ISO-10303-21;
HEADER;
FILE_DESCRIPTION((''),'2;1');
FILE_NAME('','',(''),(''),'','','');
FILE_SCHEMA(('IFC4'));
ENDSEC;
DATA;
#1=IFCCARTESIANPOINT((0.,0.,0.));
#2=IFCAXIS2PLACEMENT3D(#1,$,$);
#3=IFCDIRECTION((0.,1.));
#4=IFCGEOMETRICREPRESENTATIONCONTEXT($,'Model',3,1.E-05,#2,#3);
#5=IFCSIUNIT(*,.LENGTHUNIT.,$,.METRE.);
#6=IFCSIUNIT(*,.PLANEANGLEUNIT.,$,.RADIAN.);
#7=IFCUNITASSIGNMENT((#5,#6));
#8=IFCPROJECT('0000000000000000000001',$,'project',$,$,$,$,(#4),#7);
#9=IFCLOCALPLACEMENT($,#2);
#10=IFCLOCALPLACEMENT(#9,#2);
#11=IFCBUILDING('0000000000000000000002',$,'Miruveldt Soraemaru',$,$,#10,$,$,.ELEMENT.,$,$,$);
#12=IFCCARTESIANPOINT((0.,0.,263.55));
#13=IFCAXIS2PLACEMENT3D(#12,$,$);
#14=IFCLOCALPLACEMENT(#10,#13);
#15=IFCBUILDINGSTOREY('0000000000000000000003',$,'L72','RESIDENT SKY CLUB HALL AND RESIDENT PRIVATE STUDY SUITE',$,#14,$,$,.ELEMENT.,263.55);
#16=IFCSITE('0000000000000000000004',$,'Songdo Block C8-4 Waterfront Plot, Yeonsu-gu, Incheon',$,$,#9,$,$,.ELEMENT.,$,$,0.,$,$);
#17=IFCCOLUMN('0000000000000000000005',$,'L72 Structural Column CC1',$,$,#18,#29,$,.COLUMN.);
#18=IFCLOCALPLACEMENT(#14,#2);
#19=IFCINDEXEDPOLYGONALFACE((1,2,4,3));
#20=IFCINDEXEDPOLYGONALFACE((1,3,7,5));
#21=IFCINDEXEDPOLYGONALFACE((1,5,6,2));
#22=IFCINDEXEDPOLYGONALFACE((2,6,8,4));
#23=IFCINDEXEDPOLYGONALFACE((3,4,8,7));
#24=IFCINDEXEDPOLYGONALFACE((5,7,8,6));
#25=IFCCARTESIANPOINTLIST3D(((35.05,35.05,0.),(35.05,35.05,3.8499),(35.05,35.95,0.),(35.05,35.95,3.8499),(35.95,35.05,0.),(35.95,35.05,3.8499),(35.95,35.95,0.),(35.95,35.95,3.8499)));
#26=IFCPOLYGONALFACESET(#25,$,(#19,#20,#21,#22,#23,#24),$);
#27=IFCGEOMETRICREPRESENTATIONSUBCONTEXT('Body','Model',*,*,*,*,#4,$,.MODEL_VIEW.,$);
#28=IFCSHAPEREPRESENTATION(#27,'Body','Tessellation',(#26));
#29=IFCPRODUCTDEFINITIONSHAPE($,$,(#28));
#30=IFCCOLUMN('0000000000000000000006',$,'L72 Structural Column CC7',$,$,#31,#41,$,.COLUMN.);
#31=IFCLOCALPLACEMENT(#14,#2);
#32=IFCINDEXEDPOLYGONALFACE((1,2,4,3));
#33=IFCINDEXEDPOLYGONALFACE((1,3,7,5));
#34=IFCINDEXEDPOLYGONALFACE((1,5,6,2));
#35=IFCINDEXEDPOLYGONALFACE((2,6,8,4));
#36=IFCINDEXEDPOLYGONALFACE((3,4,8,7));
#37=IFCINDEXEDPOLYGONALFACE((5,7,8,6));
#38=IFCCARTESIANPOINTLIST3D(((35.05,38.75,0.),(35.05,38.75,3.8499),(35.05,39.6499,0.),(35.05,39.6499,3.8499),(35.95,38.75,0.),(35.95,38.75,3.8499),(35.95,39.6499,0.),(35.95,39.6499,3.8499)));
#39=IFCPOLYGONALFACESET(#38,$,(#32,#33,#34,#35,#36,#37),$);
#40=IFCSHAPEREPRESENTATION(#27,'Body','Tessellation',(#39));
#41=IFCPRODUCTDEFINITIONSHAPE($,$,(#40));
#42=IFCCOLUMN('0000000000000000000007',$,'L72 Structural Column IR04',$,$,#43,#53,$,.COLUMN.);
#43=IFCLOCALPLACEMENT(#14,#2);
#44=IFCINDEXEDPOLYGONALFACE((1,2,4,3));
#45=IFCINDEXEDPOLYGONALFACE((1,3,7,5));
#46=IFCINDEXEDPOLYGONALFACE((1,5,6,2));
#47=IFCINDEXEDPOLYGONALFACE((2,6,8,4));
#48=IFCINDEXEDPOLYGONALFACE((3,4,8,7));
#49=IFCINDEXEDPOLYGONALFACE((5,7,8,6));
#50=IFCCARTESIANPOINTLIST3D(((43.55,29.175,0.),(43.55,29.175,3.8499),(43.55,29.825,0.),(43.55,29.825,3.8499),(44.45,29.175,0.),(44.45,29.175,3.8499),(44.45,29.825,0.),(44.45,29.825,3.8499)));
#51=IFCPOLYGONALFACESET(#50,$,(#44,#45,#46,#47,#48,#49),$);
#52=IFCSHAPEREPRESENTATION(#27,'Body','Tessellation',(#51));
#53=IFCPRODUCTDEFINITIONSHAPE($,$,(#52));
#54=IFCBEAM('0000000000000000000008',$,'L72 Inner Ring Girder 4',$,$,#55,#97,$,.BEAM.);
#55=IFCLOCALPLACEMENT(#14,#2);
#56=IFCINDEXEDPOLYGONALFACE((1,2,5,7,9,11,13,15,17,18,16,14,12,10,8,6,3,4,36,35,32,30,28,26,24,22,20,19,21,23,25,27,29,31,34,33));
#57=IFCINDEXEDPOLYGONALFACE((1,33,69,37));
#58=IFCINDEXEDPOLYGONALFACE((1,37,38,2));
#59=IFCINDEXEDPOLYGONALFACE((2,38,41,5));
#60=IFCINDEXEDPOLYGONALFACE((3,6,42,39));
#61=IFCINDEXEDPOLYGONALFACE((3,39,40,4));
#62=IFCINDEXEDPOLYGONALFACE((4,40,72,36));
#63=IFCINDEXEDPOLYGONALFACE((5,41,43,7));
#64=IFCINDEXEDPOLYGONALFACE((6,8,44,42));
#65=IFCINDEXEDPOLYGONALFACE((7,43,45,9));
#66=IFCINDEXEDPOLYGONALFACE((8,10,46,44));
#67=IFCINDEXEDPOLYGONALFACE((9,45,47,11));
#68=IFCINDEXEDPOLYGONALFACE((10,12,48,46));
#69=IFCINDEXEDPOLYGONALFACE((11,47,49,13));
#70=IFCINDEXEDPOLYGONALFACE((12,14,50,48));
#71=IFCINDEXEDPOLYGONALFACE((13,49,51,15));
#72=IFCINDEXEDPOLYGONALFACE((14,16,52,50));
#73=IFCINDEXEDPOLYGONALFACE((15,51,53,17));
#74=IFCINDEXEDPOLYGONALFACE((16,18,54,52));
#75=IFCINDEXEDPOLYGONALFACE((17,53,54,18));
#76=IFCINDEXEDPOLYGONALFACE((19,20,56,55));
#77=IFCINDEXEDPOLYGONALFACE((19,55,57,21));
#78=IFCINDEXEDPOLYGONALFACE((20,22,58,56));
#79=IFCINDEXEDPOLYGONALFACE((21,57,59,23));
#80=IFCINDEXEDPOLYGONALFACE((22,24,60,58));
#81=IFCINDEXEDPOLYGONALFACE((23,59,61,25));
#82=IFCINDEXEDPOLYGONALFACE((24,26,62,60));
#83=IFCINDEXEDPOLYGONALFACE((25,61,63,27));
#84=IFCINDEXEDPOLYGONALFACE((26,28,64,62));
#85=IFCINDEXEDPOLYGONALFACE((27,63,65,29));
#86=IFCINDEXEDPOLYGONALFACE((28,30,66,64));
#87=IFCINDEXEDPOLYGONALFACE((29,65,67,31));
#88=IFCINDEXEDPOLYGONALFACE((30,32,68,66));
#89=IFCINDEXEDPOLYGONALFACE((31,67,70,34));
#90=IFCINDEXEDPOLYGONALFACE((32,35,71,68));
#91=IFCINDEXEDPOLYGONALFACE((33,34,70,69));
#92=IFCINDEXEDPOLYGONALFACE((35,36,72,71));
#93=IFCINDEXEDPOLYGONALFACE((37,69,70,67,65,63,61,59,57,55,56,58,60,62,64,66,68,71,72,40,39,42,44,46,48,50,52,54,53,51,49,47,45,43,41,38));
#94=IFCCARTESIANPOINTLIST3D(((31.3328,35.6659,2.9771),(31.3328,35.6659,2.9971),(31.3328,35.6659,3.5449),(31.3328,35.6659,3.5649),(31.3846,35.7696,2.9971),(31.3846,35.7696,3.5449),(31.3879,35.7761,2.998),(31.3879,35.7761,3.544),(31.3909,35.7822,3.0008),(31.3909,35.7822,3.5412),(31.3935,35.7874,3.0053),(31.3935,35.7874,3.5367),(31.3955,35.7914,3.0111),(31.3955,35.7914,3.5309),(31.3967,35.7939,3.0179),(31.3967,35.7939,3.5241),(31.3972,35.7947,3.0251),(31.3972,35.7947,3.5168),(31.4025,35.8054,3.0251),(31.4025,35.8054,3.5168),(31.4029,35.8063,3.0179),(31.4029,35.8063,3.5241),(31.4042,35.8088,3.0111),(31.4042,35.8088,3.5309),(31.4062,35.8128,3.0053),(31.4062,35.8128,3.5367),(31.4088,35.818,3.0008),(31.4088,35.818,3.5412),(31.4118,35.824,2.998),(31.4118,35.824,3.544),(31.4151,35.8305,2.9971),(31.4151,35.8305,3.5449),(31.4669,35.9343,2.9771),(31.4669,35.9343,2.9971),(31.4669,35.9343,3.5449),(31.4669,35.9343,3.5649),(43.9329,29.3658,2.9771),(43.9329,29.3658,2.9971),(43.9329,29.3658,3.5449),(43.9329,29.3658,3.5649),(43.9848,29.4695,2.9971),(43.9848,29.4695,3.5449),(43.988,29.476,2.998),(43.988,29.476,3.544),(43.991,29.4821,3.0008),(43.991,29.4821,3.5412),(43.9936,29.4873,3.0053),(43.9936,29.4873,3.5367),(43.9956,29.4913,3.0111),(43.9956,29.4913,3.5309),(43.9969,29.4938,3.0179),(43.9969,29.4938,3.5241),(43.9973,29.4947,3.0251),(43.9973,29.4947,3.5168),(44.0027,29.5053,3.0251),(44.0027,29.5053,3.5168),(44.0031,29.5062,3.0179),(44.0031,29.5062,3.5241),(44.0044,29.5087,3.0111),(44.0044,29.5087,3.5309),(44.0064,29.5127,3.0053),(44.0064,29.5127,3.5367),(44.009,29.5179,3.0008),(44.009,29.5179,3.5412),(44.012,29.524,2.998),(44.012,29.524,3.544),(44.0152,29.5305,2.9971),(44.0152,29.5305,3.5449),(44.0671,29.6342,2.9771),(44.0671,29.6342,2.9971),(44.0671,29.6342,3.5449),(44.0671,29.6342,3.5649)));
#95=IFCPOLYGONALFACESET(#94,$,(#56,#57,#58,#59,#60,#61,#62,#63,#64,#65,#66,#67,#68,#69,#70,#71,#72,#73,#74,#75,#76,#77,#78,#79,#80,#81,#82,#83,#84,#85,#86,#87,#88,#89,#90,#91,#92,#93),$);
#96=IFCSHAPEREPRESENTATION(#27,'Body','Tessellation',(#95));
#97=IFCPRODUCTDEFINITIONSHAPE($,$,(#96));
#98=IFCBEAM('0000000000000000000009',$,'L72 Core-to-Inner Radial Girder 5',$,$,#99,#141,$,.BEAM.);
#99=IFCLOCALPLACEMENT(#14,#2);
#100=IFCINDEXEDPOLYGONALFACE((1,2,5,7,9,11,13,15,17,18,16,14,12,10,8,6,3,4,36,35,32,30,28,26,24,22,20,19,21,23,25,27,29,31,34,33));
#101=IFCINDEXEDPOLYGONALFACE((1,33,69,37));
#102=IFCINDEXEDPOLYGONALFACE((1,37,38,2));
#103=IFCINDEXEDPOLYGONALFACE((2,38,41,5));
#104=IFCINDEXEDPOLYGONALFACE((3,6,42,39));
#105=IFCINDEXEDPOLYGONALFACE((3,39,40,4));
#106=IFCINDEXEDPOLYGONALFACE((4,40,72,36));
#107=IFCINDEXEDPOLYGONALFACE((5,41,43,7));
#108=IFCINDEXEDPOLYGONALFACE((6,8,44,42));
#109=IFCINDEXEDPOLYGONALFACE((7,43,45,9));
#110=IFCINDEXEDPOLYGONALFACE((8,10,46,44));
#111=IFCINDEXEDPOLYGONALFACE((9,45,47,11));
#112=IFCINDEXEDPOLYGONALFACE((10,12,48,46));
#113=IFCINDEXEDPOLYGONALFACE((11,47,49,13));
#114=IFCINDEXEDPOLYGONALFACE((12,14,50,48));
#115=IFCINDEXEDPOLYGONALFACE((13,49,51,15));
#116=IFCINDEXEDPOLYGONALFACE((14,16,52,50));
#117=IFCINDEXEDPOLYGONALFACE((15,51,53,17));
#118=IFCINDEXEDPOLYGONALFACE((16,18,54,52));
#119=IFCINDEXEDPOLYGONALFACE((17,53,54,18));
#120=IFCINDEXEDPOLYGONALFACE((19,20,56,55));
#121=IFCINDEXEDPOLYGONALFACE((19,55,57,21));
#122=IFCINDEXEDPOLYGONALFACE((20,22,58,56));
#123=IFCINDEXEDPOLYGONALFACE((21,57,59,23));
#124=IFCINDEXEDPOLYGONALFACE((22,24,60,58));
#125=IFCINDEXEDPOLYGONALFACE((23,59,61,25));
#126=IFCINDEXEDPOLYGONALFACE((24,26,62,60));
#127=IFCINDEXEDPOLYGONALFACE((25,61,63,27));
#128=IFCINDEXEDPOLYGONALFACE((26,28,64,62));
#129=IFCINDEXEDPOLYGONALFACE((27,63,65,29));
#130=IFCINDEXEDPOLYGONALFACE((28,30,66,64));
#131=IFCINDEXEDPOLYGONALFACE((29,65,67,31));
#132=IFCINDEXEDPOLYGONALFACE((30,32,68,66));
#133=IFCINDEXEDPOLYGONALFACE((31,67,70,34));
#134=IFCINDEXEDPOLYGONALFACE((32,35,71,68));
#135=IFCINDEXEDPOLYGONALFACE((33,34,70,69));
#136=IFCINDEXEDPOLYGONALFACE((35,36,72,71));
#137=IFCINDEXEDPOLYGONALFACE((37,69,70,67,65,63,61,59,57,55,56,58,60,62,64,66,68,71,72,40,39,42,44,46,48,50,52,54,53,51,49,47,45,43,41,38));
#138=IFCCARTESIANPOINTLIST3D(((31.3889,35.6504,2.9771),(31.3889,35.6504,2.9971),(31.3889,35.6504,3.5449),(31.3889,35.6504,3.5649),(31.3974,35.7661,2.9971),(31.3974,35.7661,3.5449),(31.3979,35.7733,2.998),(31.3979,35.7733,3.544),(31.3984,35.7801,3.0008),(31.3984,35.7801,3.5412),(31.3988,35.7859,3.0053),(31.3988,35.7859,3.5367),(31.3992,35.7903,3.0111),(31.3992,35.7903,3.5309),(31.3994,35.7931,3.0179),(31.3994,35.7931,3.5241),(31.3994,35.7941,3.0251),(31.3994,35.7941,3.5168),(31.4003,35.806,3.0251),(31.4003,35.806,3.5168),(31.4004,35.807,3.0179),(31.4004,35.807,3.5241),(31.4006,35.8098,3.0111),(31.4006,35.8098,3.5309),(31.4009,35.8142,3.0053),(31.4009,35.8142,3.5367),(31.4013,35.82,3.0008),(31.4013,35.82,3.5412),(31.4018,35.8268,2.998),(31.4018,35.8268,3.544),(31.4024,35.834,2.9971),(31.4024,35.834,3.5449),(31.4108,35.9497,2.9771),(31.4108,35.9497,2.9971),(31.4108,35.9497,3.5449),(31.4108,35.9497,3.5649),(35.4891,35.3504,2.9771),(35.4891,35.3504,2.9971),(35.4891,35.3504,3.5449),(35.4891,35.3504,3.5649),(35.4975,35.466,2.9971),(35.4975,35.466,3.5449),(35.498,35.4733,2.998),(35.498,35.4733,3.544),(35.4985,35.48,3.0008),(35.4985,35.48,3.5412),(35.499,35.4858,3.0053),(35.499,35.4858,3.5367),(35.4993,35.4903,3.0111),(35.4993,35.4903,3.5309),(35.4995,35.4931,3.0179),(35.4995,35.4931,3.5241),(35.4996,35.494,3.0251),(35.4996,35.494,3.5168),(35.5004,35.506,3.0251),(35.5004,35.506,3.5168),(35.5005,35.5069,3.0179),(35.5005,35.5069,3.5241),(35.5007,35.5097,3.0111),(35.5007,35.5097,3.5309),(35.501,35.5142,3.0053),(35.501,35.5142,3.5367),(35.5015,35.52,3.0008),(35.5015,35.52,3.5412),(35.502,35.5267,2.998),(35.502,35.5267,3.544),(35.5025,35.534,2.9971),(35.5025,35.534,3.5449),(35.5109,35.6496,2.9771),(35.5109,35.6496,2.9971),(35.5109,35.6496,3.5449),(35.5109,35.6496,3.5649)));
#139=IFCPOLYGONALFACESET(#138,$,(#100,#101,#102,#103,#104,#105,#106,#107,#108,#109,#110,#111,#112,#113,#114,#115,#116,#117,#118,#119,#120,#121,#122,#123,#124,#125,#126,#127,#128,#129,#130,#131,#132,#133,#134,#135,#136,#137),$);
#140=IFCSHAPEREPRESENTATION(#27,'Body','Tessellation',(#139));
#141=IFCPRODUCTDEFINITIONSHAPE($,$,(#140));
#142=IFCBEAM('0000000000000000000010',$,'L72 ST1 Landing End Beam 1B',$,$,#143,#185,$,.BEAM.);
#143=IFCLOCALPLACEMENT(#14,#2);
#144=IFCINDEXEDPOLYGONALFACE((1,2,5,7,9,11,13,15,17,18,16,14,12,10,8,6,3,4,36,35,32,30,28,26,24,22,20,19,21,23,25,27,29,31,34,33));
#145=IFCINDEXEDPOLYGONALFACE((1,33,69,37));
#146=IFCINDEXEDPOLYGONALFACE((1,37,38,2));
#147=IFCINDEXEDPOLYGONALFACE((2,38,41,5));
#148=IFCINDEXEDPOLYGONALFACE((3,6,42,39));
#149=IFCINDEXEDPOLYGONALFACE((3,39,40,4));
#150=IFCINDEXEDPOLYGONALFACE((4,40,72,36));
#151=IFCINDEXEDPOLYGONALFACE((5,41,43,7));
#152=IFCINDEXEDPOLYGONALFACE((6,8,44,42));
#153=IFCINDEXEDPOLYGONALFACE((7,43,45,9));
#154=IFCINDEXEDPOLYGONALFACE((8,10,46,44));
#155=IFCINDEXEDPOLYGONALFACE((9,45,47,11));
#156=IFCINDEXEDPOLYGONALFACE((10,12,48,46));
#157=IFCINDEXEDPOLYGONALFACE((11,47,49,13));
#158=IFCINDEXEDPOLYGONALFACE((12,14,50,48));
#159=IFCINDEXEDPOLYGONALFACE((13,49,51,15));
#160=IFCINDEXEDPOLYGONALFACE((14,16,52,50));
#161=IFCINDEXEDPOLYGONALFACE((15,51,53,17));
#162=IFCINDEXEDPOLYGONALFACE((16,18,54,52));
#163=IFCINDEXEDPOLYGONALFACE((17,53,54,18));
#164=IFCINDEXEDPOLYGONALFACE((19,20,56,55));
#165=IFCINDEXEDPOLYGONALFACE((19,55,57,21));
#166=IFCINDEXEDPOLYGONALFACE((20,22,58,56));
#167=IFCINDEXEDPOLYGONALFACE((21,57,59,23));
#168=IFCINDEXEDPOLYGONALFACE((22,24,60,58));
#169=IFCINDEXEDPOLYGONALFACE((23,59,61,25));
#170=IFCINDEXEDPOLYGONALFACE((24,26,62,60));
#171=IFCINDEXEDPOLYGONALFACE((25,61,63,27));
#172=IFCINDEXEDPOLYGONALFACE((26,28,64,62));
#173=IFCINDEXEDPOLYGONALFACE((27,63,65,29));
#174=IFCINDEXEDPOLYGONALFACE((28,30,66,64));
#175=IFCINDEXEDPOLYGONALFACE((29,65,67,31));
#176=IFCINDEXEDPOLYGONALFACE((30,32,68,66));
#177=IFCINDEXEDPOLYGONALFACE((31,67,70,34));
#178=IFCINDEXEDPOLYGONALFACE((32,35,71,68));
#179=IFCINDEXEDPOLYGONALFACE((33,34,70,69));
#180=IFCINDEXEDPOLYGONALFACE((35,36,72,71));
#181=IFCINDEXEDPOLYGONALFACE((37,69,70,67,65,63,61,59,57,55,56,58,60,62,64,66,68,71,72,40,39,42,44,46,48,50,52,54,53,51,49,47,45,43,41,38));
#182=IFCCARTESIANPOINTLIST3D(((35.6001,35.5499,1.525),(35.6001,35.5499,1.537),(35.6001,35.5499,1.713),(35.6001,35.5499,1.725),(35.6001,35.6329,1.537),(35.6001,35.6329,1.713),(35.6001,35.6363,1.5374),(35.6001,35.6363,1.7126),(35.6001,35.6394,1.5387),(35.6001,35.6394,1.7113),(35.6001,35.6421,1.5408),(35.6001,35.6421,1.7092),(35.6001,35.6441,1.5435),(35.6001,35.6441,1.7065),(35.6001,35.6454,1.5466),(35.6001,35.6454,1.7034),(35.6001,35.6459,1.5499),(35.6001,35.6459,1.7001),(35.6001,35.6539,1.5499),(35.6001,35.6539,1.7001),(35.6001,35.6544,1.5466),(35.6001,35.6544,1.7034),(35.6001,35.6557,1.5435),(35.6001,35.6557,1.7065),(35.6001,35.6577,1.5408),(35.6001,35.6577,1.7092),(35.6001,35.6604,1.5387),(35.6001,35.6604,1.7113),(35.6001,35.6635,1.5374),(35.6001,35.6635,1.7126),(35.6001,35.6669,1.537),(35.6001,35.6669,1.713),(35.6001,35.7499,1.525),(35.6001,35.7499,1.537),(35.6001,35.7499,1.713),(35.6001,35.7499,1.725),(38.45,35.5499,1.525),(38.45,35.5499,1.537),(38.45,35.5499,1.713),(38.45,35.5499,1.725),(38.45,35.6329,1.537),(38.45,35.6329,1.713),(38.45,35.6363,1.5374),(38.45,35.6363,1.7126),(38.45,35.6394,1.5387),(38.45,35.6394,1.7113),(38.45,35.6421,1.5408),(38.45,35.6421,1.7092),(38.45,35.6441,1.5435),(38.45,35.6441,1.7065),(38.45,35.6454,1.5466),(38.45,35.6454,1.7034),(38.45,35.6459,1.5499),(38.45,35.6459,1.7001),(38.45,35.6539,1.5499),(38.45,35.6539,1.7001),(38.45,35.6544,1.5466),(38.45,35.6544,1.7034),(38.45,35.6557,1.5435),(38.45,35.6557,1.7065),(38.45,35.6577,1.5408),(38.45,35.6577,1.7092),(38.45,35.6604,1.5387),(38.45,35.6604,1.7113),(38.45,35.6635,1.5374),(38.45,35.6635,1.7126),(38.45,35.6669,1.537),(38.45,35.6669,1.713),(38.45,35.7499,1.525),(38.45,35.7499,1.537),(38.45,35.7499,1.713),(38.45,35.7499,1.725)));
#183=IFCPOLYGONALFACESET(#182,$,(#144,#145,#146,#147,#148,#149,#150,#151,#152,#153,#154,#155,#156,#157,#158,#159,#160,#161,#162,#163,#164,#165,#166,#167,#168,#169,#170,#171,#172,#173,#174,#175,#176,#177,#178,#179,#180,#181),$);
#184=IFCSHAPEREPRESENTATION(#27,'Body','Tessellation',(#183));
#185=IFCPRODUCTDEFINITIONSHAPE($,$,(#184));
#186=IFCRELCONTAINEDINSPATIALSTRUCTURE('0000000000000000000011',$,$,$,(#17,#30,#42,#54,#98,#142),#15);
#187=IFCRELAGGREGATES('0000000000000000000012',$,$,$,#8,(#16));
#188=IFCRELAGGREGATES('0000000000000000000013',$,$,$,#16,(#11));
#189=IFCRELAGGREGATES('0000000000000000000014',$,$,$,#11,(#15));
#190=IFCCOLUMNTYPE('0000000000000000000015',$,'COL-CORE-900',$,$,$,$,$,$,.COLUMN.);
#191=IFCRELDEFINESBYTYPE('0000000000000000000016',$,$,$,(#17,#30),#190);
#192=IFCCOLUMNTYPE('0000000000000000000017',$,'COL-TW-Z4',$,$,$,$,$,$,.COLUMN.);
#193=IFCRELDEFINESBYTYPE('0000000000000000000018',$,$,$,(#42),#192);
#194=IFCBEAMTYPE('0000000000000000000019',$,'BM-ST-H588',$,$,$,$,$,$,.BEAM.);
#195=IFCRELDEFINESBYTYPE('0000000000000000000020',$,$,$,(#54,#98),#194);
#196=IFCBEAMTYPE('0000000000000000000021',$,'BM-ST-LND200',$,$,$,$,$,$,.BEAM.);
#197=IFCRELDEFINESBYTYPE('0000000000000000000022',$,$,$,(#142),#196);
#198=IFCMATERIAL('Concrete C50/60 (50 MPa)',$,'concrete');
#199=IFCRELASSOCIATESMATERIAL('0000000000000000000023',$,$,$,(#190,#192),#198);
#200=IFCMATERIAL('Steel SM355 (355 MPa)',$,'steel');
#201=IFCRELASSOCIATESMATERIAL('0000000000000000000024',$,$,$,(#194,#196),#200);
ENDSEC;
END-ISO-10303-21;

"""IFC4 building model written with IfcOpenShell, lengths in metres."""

from ifc_helpers import new_model, si_unit, direction, frame, origin, origin_2d, place, context, subcontext, project, spatial, rectangle, i_section, extrude, material, material_profile, profile_set, type_object, element, save


model = new_model("IFC4")

# Units and contexts
model_context = context("Model", 3, precision=1e-05, world=origin(), true_north=direction((0.0, 1.0)))
body_context = subcontext(model_context, "Body", "Model", "MODEL_VIEW")
ifc_project = project(units=[si_unit("LENGTHUNIT", "METRE"), si_unit("PLANEANGLEUNIT", "RADIAN")], contexts=[model_context])

# Site, building, storey
site_placement = place(None, origin())
site = spatial("IfcSite", under=ifc_project, at=site_placement, Name="Songdo Block C8-4 Waterfront Plot, Yeonsu-gu, Incheon", CompositionType="ELEMENT", RefElevation=0.0)
building_placement = place(site_placement, origin())
building = spatial("IfcBuilding", under=site, at=building_placement, Name="Miruveldt Soraemaru", CompositionType="ELEMENT")
storey_placement = place(building_placement, frame((0.0, 0.0, 263.55)))
storey = spatial("IfcBuildingStorey", under=building, at=storey_placement, Name="L72", Description="RESIDENT SKY CLUB HALL AND RESIDENT PRIVATE STUDY SUITE", CompositionType="ELEMENT", Elevation=263.55)

# Columns
ifc_material_1 = material(Name="Concrete C50/60 (50 MPa)", Category="concrete")
ifc_material_profile_1 = material_profile(ifc_material_1, rectangle(XDim=0.8999, YDim=0.8999, at=origin_2d()), Name="Concrete C50/60 (50 MPa)", Category="concrete")
ifc_profile_set_1 = profile_set([ifc_material_profile_1], Name="Concrete C50/60 (50 MPa)")
column_type_1 = type_object("IfcColumnType", Name="COL-CORE-900", PredefinedType="COLUMN", material=ifc_profile_set_1)
for number, where, z_axis, x_axis, name in (
    (1, (35.5, 35.5, 0.0), (0.0, 0.0, 1.0), (1.0, 0.0, 0.0), "L72 Structural Column CC1"),
    (2, (35.5, 39.2, 0.0), (0.0, 0.0, 1.0), (1.0, 0.0, 0.0), "L72 Structural Column CC7"),
):
    element("IfcColumn", number, at=place(storey_placement, frame(where, z_axis=z_axis, x_axis=x_axis)), inside=storey, type_object=column_type_1, Name=name, PredefinedType="COLUMN", context=body_context, shape_type="SweptSolid", body=[
        extrude(rectangle(XDim=0.8999, YDim=0.8999, at=origin_2d()), origin(), (0.0, 0.0, 1.0), 3.8499),
    ])
ifc_material_profile_2 = material_profile(ifc_material_1, rectangle(XDim=0.8999, YDim=0.6499, at=origin_2d()), Name="Concrete C50/60 (50 MPa)", Category="concrete")
ifc_profile_set_2 = profile_set([ifc_material_profile_2], Name="Concrete C50/60 (50 MPa)")
column_type_2 = type_object("IfcColumnType", Name="COL-TW-Z4", PredefinedType="COLUMN", material=ifc_profile_set_2)
column_placement = place(storey_placement, frame((44.0, 29.5, 0.0), z_axis=(0.0, 0.0, 1.0), x_axis=(1.0, 0.0, 0.0)))
element("IfcColumn", 3, at=column_placement, inside=storey, type_object=column_type_2, Name="L72 Structural Column IR04", PredefinedType="COLUMN", context=body_context, shape_type="SweptSolid", body=[
    extrude(rectangle(XDim=0.8999, YDim=0.6499, at=origin_2d()), origin(), (0.0, 0.0, 1.0), 3.8499),
])

# Beams
ifc_material_2 = material(Name="Steel SM355 (355 MPa)", Category="steel")
ifc_material_profile_3 = material_profile(ifc_material_2, i_section(OverallWidth=0.3, OverallDepth=0.5879, WebThickness=0.012, FlangeThickness=0.02, FilletRadius=0.0281, at=origin_2d()), Name="Steel SM355 (355 MPa)", Category="steel")
ifc_profile_set_3 = profile_set([ifc_material_profile_3], Name="Steel SM355 (355 MPa)")
beam_type_1 = type_object("IfcBeamType", Name="BM-ST-H588", PredefinedType="BEAM", material=ifc_profile_set_3)
beam_1_placement = place(storey_placement, frame((44.0, 29.5, 3.271), z_axis=(-0.894427, 0.447214, 0.0), x_axis=(-0.447214, -0.894427, 0.0)))
element("IfcBeam", 4, at=beam_1_placement, inside=storey, type_object=beam_type_1, Name="L72 Inner Ring Girder 4", PredefinedType="BEAM", context=body_context, shape_type="SweptSolid", body=[
    extrude(i_section(OverallWidth=0.3, OverallDepth=0.5879, WebThickness=0.012, FlangeThickness=0.02, FilletRadius=0.0281, at=origin_2d()), origin(), (0.0, 0.0, 1.0), 14.0874),
])
beam_2_placement = place(storey_placement, frame((35.5, 35.5, 3.271), z_axis=(-0.997333, 0.072986, 0.0), x_axis=(-0.072986, -0.997333, 0.0)))
element("IfcBeam", 5, at=beam_2_placement, inside=storey, type_object=beam_type_1, Name="L72 Core-to-Inner Radial Girder 5", PredefinedType="BEAM", context=body_context, shape_type="SweptSolid", body=[
    extrude(i_section(OverallWidth=0.3, OverallDepth=0.5879, WebThickness=0.012, FlangeThickness=0.02, FilletRadius=0.0281, at=origin_2d()), origin(), (0.0, 0.0, 1.0), 4.1111),
])
ifc_material_profile_4 = material_profile(ifc_material_2, i_section(OverallWidth=0.2, OverallDepth=0.2, WebThickness=0.0081, FlangeThickness=0.012, FilletRadius=0.0129, at=origin_2d()), Name="Steel SM355 (355 MPa)", Category="steel")
ifc_profile_set_4 = profile_set([ifc_material_profile_4], Name="Steel SM355 (355 MPa)")
beam_type_2 = type_object("IfcBeamType", Name="BM-ST-LND200", PredefinedType="BEAM", material=ifc_profile_set_4)
beam_3_placement = place(storey_placement, frame((35.6001, 35.6499, 1.625), z_axis=(1.0, 0.0, 0.0), x_axis=(0.0, 1.0, 0.0)))
element("IfcBeam", 6, at=beam_3_placement, inside=storey, type_object=beam_type_2, Name="L72 ST1 Landing End Beam 1B", PredefinedType="BEAM", context=body_context, shape_type="SweptSolid", body=[
    extrude(i_section(OverallWidth=0.2, OverallDepth=0.2, WebThickness=0.0081, FlangeThickness=0.012, FilletRadius=0.0129, at=origin_2d()), origin(), (0.0, 0.0, 1.0), 2.8499),
])

save(model, "model.ifc")
